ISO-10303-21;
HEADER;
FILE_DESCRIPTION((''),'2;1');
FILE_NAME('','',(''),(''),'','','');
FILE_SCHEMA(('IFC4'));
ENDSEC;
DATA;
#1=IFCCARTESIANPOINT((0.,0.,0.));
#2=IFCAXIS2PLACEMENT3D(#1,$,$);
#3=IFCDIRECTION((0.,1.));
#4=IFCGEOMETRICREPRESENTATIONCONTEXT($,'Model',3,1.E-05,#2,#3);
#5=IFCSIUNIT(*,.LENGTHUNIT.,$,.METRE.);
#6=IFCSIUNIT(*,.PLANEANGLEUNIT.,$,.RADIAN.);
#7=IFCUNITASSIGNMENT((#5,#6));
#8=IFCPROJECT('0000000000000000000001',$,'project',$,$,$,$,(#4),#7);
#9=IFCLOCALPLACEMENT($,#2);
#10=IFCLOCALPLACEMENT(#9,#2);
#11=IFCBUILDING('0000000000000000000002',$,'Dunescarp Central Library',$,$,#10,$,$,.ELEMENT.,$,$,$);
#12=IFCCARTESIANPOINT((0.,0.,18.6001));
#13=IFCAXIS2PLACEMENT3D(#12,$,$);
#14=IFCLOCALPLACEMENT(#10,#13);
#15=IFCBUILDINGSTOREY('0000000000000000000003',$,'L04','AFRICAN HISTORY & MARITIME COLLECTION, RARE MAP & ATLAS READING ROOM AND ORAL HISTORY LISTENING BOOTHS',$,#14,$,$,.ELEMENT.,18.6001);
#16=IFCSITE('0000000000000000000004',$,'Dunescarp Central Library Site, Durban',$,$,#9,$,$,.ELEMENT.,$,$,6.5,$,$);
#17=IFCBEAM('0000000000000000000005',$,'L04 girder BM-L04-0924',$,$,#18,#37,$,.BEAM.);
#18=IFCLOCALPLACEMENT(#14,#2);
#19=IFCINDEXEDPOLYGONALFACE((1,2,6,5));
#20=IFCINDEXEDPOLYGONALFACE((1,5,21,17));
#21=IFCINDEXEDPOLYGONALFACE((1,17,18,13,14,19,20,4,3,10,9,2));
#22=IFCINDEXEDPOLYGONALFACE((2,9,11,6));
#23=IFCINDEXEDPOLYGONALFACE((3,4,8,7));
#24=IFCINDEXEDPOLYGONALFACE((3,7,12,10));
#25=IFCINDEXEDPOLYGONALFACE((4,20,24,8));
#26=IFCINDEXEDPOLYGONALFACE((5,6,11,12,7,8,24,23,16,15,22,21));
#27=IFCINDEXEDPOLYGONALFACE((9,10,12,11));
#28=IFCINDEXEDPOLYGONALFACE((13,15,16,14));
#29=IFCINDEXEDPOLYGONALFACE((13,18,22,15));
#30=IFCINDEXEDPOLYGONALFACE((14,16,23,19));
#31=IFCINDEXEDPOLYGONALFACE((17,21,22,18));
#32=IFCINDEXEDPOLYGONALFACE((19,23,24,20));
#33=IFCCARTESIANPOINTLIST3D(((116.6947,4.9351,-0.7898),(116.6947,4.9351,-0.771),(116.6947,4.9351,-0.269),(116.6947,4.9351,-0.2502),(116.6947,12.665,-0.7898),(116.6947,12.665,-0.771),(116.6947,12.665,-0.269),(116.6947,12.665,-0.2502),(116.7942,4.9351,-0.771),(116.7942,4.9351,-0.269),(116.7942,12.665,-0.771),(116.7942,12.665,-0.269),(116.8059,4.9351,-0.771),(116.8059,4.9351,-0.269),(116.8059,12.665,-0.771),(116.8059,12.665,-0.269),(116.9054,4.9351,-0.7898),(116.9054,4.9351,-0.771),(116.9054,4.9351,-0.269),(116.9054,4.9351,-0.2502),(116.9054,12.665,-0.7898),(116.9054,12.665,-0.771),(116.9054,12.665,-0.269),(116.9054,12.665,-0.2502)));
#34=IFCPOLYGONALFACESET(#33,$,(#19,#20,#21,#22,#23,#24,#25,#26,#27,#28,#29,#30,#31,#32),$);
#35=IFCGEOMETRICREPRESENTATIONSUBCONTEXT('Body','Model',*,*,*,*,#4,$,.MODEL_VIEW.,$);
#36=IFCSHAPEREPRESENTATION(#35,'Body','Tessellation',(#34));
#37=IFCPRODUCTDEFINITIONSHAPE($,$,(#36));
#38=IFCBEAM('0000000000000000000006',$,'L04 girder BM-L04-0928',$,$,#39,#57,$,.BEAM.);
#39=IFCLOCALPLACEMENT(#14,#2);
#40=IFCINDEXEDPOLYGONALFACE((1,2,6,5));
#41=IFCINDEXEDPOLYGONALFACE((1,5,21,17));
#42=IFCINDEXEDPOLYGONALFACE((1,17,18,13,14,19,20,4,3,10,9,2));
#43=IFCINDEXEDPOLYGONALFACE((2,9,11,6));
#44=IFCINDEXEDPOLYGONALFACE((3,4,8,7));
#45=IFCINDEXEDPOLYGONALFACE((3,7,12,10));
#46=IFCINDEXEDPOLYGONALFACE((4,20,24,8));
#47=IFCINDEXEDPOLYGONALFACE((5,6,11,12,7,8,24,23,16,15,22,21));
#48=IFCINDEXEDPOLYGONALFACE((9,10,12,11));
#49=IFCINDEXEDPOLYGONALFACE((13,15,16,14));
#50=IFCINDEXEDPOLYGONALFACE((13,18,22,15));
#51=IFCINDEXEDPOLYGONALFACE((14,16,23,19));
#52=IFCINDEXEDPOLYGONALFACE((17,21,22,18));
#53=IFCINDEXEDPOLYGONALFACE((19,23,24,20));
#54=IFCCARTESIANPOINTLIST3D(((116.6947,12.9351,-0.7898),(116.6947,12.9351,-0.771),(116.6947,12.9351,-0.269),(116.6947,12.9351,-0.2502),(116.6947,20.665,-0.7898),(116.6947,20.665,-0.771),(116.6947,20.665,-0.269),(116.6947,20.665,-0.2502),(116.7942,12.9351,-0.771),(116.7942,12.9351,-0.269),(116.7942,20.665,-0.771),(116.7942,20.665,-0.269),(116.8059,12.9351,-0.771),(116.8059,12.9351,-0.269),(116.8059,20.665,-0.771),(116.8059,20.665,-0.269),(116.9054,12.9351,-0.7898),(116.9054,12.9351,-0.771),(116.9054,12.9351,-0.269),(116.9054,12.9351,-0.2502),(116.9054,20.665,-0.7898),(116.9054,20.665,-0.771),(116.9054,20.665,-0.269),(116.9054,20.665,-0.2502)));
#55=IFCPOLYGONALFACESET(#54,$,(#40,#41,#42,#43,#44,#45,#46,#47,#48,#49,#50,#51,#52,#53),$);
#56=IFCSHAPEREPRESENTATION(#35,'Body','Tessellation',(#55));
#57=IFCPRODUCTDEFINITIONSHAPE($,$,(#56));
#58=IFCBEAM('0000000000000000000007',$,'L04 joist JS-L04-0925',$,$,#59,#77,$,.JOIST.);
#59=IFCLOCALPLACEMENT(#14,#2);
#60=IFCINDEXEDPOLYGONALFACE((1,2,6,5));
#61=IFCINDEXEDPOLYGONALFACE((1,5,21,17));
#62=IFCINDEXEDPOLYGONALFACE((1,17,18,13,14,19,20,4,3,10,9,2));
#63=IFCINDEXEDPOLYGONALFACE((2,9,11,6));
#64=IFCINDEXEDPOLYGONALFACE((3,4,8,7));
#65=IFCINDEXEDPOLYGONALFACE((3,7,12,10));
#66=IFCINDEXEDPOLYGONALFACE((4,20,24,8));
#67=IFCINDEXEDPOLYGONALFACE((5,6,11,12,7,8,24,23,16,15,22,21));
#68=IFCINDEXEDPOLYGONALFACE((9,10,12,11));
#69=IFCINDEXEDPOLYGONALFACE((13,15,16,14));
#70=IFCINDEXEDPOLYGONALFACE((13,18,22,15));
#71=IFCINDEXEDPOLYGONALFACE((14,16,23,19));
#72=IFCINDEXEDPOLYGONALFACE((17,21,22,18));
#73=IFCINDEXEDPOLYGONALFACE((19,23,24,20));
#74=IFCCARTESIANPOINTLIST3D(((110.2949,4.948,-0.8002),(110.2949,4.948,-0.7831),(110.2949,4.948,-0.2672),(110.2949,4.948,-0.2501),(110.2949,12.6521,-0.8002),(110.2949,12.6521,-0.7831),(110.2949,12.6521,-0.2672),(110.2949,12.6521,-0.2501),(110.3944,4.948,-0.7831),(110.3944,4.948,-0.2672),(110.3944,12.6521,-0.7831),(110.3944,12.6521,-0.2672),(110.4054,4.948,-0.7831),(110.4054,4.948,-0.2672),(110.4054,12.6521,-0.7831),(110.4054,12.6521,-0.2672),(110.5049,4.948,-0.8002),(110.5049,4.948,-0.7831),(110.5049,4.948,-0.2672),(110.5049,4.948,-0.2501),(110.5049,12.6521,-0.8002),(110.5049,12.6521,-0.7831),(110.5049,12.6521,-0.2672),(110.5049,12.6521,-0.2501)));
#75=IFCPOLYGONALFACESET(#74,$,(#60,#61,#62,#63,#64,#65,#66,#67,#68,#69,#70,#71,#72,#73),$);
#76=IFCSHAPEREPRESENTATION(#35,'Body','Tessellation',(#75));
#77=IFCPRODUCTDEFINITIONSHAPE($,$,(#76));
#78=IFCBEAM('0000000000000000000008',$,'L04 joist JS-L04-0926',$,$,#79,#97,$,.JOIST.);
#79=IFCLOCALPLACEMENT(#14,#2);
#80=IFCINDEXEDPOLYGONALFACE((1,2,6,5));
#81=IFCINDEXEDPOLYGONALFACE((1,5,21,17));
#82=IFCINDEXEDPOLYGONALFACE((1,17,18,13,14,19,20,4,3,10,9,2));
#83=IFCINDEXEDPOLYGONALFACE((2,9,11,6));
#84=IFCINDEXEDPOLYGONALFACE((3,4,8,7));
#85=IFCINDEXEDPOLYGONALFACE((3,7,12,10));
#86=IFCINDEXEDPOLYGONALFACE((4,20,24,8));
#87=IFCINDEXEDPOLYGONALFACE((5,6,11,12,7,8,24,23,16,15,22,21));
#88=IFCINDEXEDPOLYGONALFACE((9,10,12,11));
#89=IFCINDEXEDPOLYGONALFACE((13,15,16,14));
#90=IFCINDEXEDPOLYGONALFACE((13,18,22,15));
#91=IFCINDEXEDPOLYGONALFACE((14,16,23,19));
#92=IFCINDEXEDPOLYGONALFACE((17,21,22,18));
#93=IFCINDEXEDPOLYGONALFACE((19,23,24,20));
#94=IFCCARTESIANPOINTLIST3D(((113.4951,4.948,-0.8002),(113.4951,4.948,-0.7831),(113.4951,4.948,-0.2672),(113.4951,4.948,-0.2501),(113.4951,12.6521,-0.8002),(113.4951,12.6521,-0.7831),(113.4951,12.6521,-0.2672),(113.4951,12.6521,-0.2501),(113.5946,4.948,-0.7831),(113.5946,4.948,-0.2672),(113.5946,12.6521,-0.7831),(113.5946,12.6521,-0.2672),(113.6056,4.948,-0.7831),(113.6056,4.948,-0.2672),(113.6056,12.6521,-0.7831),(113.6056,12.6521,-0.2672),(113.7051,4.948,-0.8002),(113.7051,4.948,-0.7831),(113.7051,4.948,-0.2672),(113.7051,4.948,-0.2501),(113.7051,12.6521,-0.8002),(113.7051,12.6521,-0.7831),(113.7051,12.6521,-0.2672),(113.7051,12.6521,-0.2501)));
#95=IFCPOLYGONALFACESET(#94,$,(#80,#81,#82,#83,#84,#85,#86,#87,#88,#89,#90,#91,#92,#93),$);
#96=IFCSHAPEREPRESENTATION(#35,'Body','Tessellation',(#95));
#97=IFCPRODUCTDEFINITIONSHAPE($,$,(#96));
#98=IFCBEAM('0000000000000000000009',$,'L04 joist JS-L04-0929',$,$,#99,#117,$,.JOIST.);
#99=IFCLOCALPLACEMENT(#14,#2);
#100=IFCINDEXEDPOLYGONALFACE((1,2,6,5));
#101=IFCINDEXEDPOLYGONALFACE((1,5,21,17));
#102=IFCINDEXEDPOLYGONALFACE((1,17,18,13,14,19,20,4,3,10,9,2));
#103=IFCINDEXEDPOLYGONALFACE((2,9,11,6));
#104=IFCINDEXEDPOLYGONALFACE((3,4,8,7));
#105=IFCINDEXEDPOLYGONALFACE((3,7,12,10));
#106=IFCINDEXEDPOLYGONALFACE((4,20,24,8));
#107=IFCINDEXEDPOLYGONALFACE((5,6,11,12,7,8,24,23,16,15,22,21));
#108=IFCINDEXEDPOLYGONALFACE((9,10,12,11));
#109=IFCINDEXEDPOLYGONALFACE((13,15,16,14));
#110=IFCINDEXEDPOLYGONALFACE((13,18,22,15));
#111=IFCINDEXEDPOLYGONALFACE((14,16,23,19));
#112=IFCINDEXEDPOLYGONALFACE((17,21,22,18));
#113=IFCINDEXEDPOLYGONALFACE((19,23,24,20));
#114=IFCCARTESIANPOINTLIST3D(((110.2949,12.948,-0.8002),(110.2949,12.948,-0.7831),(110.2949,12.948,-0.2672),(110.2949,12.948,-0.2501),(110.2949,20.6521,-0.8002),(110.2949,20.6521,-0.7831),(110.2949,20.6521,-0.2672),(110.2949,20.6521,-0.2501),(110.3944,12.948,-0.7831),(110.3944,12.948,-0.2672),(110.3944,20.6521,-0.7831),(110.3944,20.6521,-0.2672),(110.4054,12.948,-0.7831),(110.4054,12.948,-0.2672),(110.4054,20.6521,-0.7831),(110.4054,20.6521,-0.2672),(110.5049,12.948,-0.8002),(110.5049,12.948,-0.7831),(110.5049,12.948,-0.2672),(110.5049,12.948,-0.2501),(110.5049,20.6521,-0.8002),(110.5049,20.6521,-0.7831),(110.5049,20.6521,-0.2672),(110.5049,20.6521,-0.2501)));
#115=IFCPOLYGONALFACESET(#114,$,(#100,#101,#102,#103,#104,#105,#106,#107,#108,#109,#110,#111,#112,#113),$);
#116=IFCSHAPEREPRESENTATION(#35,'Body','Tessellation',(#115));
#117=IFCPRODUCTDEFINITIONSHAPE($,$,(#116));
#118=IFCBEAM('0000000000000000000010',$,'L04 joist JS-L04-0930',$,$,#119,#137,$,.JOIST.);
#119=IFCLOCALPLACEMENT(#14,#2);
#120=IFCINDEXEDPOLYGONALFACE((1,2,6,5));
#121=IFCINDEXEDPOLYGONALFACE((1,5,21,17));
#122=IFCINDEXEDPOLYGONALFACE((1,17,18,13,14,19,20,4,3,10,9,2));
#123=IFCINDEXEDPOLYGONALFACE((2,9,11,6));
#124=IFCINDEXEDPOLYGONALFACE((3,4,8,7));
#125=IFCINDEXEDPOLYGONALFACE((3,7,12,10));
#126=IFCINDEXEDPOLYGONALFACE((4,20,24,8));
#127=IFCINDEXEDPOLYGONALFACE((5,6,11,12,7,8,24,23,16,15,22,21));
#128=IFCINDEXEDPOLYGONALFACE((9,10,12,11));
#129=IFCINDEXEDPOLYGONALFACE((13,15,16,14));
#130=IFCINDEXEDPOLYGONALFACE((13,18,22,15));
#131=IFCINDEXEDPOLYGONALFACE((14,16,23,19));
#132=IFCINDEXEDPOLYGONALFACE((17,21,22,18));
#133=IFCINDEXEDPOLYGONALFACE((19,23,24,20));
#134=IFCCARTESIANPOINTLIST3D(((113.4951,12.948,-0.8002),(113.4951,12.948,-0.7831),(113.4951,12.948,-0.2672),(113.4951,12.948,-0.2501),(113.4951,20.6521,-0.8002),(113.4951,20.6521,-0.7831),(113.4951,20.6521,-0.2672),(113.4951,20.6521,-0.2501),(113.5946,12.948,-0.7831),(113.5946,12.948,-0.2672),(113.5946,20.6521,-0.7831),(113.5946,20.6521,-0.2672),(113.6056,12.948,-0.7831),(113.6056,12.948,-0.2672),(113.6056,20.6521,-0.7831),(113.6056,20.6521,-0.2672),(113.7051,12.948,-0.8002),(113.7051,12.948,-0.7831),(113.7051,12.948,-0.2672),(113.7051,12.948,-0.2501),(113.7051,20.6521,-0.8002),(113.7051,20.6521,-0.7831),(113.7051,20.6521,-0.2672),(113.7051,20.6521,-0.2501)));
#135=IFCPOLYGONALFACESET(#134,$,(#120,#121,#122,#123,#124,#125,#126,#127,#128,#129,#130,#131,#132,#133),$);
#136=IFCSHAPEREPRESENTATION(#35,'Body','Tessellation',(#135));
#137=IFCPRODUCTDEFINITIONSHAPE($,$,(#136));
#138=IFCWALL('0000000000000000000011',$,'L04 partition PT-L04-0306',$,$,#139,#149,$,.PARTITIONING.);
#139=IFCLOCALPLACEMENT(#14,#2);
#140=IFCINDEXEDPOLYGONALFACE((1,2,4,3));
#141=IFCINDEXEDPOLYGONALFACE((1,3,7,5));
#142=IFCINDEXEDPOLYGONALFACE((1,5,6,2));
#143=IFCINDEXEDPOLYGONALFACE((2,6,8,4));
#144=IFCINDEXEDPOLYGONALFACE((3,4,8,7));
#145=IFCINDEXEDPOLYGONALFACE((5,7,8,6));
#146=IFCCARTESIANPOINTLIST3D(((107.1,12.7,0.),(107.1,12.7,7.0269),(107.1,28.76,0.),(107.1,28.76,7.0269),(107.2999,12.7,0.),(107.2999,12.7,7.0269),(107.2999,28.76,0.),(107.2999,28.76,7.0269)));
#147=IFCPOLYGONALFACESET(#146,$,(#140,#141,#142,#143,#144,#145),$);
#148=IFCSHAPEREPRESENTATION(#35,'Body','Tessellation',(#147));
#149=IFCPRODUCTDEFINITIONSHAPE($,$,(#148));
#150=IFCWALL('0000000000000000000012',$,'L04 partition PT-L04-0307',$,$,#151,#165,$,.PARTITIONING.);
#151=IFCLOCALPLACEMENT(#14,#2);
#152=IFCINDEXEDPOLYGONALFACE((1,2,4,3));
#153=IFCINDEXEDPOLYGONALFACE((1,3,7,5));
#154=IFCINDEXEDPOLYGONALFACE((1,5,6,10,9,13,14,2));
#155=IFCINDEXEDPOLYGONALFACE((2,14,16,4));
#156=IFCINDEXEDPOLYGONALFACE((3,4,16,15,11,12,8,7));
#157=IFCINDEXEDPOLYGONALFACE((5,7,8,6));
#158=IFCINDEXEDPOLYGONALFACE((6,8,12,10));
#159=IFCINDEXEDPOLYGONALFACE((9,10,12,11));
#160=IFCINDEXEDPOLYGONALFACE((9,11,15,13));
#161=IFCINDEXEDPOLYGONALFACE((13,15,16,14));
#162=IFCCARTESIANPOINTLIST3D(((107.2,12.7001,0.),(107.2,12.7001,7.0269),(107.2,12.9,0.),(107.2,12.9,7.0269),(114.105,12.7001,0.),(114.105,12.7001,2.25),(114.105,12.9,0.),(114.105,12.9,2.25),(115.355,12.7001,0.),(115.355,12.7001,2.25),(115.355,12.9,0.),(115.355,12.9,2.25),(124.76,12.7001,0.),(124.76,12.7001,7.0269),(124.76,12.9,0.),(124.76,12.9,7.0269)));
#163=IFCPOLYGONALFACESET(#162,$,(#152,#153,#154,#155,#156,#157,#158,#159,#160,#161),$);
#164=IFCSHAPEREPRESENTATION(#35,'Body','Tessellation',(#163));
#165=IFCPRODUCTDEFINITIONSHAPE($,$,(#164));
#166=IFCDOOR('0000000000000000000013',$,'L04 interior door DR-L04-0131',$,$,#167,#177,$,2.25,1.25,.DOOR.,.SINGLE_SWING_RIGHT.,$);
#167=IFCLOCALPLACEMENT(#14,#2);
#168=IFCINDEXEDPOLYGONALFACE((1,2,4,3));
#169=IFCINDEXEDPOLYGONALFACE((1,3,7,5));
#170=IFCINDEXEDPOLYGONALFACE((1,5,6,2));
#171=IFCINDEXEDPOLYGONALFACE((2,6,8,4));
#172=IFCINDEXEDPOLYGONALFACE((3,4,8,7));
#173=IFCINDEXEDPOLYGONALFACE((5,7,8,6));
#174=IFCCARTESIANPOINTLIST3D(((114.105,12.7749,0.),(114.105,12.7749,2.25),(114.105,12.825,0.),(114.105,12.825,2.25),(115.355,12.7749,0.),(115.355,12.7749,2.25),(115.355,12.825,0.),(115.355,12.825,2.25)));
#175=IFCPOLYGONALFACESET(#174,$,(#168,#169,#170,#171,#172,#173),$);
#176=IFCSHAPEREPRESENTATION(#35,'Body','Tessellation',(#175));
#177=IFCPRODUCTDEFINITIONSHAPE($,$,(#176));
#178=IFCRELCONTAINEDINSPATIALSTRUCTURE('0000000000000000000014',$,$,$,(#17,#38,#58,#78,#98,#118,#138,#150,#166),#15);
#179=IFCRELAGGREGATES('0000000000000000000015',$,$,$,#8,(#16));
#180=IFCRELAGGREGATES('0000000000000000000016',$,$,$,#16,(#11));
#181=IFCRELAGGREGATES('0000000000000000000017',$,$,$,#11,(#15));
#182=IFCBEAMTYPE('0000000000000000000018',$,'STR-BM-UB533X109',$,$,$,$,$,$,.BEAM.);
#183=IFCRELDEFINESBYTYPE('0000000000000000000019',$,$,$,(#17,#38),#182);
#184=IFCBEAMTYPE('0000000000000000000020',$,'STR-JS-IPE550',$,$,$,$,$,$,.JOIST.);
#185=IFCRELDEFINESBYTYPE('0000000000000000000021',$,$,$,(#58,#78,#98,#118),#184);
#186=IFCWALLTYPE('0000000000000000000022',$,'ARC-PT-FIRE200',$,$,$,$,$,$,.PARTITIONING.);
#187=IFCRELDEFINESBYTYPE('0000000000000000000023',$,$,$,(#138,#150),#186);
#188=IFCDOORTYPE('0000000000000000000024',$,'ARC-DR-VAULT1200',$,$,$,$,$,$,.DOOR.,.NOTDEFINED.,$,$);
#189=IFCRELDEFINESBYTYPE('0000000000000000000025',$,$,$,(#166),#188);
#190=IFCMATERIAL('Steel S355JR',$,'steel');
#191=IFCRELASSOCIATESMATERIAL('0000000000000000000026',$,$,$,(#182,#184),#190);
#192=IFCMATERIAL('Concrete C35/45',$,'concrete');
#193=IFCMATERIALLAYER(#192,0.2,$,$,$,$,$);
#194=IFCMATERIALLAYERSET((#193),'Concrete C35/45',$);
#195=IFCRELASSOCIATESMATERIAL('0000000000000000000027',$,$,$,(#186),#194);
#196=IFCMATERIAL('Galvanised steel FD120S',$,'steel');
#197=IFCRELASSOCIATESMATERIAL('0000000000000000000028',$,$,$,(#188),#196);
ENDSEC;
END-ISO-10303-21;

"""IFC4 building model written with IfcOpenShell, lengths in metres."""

from ifc_helpers import new_model, si_unit, direction, frame, frame_2d, origin, origin_2d, place, context, subcontext, project, spatial, rectangle, i_section, extrude, material, layer, layer_set, material_profile, profile_set, type_object, element, fill, save


model = new_model("IFC4")

# Units and contexts
model_context = context("Model", 3, precision=1e-05, world=origin(), true_north=direction((0.0, 1.0)))
body_context = subcontext(model_context, "Body", "Model", "MODEL_VIEW")
ifc_project = project(units=[si_unit("LENGTHUNIT", "METRE"), si_unit("PLANEANGLEUNIT", "RADIAN")], contexts=[model_context])

# Site, building, storey
site_placement = place(None, origin())
site = spatial("IfcSite", under=ifc_project, at=site_placement, Name="Dunescarp Central Library Site, Durban", CompositionType="ELEMENT", RefElevation=6.5)
building_placement = place(site_placement, origin())
building = spatial("IfcBuilding", under=site, at=building_placement, Name="Dunescarp Central Library", CompositionType="ELEMENT")
storey_placement = place(building_placement, frame((0.0, 0.0, 18.6001)))
storey = spatial("IfcBuildingStorey", under=building, at=storey_placement, Name="L04", Description="AFRICAN HISTORY & MARITIME COLLECTION, RARE MAP & ATLAS READING ROOM AND ORAL HISTORY LISTENING BOOTHS", CompositionType="ELEMENT", Elevation=18.6001)

# Shared definitions
ifc_material_1 = material(Name="Steel S355JR", Category="steel")

# Beams
ifc_material_profile_1 = material_profile(ifc_material_1, i_section(OverallWidth=0.2107, OverallDepth=0.5396, WebThickness=0.0117, FlangeThickness=0.0188, at=origin_2d()), Name="UB 533x210x109")
ifc_profile_set_1 = profile_set([ifc_material_profile_1], Name="Steel S355JR")
beam_type_1 = type_object("IfcBeamType", Name="STR-BM-UB533X109", PredefinedType="BEAM", material=ifc_profile_set_1)
for number, where, z_axis, x_axis, name in (
    (1, (116.8, 4.9351, -0.52), (0.0, 1.0, 0.0), (-1.0, 0.0, 0.0), "L04 girder BM-L04-0924"),
    (2, (116.8, 12.9351, -0.52), (0.0, 1.0, 0.0), (-1.0, 0.0, 0.0), "L04 girder BM-L04-0928"),
):
    element("IfcBeam", number, at=place(storey_placement, frame(where, z_axis=z_axis, x_axis=x_axis)), inside=storey, type_object=beam_type_1, Name=name, PredefinedType="BEAM", context=body_context, shape_type="SweptSolid", body=[
        extrude(i_section(OverallWidth=0.2107, OverallDepth=0.5396, WebThickness=0.0117, FlangeThickness=0.0188, at=origin_2d()), origin(), (0.0, 0.0, 1.0), 7.73),
    ])
ifc_material_profile_2 = material_profile(ifc_material_1, i_section(OverallWidth=0.21, OverallDepth=0.55, WebThickness=0.011, FlangeThickness=0.0171, at=origin_2d()), Name="IPE 550")
ifc_profile_set_2 = profile_set([ifc_material_profile_2], Name="Steel S355JR")
beam_type_2 = type_object("IfcBeamType", Name="STR-JS-IPE550", PredefinedType="JOIST", material=ifc_profile_set_2)
for number, where, z_axis, x_axis, name in (
    (3, (110.3999, 4.948, -0.5251), (0.0, 1.0, 0.0), (-1.0, 0.0, 0.0), "L04 joist JS-L04-0925"),
    (4, (113.6001, 4.948, -0.5251), (0.0, 1.0, 0.0), (-1.0, 0.0, 0.0), "L04 joist JS-L04-0926"),
    (5, (110.3999, 12.948, -0.5251), (0.0, 1.0, 0.0), (-1.0, 0.0, 0.0), "L04 joist JS-L04-0929"),
    (6, (113.6001, 12.948, -0.5251), (0.0, 1.0, 0.0), (-1.0, 0.0, 0.0), "L04 joist JS-L04-0930"),
):
    element("IfcBeam", number, at=place(storey_placement, frame(where, z_axis=z_axis, x_axis=x_axis)), inside=storey, type_object=beam_type_2, Name=name, PredefinedType="JOIST", context=body_context, shape_type="SweptSolid", body=[
        extrude(i_section(OverallWidth=0.21, OverallDepth=0.55, WebThickness=0.011, FlangeThickness=0.0171, at=origin_2d()), origin(), (0.0, 0.0, 1.0), 7.7041),
    ])

# Wall
ifc_material_2 = material(Name="Concrete C35/45", Category="concrete")
ifc_layer_1 = layer(ifc_material_2, 0.2)
ifc_layer_set_1 = layer_set([ifc_layer_1], Name="Concrete C35/45")
wall_type_1 = type_object("IfcWallType", Name="ARC-PT-FIRE200", PredefinedType="PARTITIONING", material=ifc_layer_set_1)
wall_1_placement = place(storey_placement, frame((107.2, 12.7, 0.0), z_axis=(0.0, 0.0, 1.0), x_axis=(0.0, 1.0, 0.0)))
element("IfcWall", 7, at=wall_1_placement, inside=storey, type_object=wall_type_1, Name="L04 partition PT-L04-0306", PredefinedType="PARTITIONING", context=body_context, shape_type="SweptSolid", body=[
    extrude(rectangle(XDim=16.0601, YDim=0.2, at=frame_2d((8.03, 0.0))), origin(), (0.0, 0.0, 1.0), 7.0269),
])

# Wall, opening, door
wall_2_placement = place(storey_placement, frame((107.2, 12.8, 0.0), z_axis=(0.0, 0.0, 1.0), x_axis=(1.0, 0.0, 0.0)))
wall_2 = element("IfcWall", 8, at=wall_2_placement, inside=storey, type_object=wall_type_1, Name="L04 partition PT-L04-0307", PredefinedType="PARTITIONING", context=body_context, shape_type="SweptSolid", body=[
    extrude(rectangle(XDim=17.5601, YDim=0.2, at=frame_2d((8.78, 0.0))), origin(), (0.0, 0.0, 1.0), 7.0269),
])
opening_1_placement = place(wall_2_placement, frame((6.905, 0.0, 0.0)))
opening_1 = element("IfcOpeningElement", 9, at=opening_1_placement, cuts=wall_2, PredefinedType="OPENING", context=body_context, shape_type="SweptSolid", body=[
    extrude(rectangle(XDim=1.25, YDim=2.25, at=frame_2d((0.625, 1.125))), frame((0.0, 0.1099, 0.0), z_axis=(0.0, -1.0, 0.0), x_axis=(1.0, 0.0, 0.0)), (0.0, 0.0, 1.0), 0.22),
])
ifc_material_3 = material(Name="Galvanised steel FD120S", Category="steel")
door_type_1 = type_object("IfcDoorType", Name="ARC-DR-VAULT1200", OperationType="NOTDEFINED", PredefinedType="DOOR", material=ifc_material_3)
door_1_placement = place(opening_1_placement, origin())
door_1 = element("IfcDoor", 10, at=door_1_placement, inside=storey, type_object=door_type_1, Name="L04 interior door DR-L04-0131", OperationType="SINGLE_SWING_RIGHT", OverallHeight=2.25, OverallWidth=1.25, PredefinedType="DOOR", context=body_context, shape_type="SweptSolid", body=[
    extrude(rectangle(XDim=1.25, YDim=2.25, at=frame_2d((0.625, 1.125))), frame((0.0, 0.0249, 0.0), z_axis=(0.0, -1.0, 0.0), x_axis=(1.0, 0.0, 0.0)), (0.0, 0.0, 1.0), 0.05),
])
fill(opening_1, door_1)

save(model, "model.ifc")
